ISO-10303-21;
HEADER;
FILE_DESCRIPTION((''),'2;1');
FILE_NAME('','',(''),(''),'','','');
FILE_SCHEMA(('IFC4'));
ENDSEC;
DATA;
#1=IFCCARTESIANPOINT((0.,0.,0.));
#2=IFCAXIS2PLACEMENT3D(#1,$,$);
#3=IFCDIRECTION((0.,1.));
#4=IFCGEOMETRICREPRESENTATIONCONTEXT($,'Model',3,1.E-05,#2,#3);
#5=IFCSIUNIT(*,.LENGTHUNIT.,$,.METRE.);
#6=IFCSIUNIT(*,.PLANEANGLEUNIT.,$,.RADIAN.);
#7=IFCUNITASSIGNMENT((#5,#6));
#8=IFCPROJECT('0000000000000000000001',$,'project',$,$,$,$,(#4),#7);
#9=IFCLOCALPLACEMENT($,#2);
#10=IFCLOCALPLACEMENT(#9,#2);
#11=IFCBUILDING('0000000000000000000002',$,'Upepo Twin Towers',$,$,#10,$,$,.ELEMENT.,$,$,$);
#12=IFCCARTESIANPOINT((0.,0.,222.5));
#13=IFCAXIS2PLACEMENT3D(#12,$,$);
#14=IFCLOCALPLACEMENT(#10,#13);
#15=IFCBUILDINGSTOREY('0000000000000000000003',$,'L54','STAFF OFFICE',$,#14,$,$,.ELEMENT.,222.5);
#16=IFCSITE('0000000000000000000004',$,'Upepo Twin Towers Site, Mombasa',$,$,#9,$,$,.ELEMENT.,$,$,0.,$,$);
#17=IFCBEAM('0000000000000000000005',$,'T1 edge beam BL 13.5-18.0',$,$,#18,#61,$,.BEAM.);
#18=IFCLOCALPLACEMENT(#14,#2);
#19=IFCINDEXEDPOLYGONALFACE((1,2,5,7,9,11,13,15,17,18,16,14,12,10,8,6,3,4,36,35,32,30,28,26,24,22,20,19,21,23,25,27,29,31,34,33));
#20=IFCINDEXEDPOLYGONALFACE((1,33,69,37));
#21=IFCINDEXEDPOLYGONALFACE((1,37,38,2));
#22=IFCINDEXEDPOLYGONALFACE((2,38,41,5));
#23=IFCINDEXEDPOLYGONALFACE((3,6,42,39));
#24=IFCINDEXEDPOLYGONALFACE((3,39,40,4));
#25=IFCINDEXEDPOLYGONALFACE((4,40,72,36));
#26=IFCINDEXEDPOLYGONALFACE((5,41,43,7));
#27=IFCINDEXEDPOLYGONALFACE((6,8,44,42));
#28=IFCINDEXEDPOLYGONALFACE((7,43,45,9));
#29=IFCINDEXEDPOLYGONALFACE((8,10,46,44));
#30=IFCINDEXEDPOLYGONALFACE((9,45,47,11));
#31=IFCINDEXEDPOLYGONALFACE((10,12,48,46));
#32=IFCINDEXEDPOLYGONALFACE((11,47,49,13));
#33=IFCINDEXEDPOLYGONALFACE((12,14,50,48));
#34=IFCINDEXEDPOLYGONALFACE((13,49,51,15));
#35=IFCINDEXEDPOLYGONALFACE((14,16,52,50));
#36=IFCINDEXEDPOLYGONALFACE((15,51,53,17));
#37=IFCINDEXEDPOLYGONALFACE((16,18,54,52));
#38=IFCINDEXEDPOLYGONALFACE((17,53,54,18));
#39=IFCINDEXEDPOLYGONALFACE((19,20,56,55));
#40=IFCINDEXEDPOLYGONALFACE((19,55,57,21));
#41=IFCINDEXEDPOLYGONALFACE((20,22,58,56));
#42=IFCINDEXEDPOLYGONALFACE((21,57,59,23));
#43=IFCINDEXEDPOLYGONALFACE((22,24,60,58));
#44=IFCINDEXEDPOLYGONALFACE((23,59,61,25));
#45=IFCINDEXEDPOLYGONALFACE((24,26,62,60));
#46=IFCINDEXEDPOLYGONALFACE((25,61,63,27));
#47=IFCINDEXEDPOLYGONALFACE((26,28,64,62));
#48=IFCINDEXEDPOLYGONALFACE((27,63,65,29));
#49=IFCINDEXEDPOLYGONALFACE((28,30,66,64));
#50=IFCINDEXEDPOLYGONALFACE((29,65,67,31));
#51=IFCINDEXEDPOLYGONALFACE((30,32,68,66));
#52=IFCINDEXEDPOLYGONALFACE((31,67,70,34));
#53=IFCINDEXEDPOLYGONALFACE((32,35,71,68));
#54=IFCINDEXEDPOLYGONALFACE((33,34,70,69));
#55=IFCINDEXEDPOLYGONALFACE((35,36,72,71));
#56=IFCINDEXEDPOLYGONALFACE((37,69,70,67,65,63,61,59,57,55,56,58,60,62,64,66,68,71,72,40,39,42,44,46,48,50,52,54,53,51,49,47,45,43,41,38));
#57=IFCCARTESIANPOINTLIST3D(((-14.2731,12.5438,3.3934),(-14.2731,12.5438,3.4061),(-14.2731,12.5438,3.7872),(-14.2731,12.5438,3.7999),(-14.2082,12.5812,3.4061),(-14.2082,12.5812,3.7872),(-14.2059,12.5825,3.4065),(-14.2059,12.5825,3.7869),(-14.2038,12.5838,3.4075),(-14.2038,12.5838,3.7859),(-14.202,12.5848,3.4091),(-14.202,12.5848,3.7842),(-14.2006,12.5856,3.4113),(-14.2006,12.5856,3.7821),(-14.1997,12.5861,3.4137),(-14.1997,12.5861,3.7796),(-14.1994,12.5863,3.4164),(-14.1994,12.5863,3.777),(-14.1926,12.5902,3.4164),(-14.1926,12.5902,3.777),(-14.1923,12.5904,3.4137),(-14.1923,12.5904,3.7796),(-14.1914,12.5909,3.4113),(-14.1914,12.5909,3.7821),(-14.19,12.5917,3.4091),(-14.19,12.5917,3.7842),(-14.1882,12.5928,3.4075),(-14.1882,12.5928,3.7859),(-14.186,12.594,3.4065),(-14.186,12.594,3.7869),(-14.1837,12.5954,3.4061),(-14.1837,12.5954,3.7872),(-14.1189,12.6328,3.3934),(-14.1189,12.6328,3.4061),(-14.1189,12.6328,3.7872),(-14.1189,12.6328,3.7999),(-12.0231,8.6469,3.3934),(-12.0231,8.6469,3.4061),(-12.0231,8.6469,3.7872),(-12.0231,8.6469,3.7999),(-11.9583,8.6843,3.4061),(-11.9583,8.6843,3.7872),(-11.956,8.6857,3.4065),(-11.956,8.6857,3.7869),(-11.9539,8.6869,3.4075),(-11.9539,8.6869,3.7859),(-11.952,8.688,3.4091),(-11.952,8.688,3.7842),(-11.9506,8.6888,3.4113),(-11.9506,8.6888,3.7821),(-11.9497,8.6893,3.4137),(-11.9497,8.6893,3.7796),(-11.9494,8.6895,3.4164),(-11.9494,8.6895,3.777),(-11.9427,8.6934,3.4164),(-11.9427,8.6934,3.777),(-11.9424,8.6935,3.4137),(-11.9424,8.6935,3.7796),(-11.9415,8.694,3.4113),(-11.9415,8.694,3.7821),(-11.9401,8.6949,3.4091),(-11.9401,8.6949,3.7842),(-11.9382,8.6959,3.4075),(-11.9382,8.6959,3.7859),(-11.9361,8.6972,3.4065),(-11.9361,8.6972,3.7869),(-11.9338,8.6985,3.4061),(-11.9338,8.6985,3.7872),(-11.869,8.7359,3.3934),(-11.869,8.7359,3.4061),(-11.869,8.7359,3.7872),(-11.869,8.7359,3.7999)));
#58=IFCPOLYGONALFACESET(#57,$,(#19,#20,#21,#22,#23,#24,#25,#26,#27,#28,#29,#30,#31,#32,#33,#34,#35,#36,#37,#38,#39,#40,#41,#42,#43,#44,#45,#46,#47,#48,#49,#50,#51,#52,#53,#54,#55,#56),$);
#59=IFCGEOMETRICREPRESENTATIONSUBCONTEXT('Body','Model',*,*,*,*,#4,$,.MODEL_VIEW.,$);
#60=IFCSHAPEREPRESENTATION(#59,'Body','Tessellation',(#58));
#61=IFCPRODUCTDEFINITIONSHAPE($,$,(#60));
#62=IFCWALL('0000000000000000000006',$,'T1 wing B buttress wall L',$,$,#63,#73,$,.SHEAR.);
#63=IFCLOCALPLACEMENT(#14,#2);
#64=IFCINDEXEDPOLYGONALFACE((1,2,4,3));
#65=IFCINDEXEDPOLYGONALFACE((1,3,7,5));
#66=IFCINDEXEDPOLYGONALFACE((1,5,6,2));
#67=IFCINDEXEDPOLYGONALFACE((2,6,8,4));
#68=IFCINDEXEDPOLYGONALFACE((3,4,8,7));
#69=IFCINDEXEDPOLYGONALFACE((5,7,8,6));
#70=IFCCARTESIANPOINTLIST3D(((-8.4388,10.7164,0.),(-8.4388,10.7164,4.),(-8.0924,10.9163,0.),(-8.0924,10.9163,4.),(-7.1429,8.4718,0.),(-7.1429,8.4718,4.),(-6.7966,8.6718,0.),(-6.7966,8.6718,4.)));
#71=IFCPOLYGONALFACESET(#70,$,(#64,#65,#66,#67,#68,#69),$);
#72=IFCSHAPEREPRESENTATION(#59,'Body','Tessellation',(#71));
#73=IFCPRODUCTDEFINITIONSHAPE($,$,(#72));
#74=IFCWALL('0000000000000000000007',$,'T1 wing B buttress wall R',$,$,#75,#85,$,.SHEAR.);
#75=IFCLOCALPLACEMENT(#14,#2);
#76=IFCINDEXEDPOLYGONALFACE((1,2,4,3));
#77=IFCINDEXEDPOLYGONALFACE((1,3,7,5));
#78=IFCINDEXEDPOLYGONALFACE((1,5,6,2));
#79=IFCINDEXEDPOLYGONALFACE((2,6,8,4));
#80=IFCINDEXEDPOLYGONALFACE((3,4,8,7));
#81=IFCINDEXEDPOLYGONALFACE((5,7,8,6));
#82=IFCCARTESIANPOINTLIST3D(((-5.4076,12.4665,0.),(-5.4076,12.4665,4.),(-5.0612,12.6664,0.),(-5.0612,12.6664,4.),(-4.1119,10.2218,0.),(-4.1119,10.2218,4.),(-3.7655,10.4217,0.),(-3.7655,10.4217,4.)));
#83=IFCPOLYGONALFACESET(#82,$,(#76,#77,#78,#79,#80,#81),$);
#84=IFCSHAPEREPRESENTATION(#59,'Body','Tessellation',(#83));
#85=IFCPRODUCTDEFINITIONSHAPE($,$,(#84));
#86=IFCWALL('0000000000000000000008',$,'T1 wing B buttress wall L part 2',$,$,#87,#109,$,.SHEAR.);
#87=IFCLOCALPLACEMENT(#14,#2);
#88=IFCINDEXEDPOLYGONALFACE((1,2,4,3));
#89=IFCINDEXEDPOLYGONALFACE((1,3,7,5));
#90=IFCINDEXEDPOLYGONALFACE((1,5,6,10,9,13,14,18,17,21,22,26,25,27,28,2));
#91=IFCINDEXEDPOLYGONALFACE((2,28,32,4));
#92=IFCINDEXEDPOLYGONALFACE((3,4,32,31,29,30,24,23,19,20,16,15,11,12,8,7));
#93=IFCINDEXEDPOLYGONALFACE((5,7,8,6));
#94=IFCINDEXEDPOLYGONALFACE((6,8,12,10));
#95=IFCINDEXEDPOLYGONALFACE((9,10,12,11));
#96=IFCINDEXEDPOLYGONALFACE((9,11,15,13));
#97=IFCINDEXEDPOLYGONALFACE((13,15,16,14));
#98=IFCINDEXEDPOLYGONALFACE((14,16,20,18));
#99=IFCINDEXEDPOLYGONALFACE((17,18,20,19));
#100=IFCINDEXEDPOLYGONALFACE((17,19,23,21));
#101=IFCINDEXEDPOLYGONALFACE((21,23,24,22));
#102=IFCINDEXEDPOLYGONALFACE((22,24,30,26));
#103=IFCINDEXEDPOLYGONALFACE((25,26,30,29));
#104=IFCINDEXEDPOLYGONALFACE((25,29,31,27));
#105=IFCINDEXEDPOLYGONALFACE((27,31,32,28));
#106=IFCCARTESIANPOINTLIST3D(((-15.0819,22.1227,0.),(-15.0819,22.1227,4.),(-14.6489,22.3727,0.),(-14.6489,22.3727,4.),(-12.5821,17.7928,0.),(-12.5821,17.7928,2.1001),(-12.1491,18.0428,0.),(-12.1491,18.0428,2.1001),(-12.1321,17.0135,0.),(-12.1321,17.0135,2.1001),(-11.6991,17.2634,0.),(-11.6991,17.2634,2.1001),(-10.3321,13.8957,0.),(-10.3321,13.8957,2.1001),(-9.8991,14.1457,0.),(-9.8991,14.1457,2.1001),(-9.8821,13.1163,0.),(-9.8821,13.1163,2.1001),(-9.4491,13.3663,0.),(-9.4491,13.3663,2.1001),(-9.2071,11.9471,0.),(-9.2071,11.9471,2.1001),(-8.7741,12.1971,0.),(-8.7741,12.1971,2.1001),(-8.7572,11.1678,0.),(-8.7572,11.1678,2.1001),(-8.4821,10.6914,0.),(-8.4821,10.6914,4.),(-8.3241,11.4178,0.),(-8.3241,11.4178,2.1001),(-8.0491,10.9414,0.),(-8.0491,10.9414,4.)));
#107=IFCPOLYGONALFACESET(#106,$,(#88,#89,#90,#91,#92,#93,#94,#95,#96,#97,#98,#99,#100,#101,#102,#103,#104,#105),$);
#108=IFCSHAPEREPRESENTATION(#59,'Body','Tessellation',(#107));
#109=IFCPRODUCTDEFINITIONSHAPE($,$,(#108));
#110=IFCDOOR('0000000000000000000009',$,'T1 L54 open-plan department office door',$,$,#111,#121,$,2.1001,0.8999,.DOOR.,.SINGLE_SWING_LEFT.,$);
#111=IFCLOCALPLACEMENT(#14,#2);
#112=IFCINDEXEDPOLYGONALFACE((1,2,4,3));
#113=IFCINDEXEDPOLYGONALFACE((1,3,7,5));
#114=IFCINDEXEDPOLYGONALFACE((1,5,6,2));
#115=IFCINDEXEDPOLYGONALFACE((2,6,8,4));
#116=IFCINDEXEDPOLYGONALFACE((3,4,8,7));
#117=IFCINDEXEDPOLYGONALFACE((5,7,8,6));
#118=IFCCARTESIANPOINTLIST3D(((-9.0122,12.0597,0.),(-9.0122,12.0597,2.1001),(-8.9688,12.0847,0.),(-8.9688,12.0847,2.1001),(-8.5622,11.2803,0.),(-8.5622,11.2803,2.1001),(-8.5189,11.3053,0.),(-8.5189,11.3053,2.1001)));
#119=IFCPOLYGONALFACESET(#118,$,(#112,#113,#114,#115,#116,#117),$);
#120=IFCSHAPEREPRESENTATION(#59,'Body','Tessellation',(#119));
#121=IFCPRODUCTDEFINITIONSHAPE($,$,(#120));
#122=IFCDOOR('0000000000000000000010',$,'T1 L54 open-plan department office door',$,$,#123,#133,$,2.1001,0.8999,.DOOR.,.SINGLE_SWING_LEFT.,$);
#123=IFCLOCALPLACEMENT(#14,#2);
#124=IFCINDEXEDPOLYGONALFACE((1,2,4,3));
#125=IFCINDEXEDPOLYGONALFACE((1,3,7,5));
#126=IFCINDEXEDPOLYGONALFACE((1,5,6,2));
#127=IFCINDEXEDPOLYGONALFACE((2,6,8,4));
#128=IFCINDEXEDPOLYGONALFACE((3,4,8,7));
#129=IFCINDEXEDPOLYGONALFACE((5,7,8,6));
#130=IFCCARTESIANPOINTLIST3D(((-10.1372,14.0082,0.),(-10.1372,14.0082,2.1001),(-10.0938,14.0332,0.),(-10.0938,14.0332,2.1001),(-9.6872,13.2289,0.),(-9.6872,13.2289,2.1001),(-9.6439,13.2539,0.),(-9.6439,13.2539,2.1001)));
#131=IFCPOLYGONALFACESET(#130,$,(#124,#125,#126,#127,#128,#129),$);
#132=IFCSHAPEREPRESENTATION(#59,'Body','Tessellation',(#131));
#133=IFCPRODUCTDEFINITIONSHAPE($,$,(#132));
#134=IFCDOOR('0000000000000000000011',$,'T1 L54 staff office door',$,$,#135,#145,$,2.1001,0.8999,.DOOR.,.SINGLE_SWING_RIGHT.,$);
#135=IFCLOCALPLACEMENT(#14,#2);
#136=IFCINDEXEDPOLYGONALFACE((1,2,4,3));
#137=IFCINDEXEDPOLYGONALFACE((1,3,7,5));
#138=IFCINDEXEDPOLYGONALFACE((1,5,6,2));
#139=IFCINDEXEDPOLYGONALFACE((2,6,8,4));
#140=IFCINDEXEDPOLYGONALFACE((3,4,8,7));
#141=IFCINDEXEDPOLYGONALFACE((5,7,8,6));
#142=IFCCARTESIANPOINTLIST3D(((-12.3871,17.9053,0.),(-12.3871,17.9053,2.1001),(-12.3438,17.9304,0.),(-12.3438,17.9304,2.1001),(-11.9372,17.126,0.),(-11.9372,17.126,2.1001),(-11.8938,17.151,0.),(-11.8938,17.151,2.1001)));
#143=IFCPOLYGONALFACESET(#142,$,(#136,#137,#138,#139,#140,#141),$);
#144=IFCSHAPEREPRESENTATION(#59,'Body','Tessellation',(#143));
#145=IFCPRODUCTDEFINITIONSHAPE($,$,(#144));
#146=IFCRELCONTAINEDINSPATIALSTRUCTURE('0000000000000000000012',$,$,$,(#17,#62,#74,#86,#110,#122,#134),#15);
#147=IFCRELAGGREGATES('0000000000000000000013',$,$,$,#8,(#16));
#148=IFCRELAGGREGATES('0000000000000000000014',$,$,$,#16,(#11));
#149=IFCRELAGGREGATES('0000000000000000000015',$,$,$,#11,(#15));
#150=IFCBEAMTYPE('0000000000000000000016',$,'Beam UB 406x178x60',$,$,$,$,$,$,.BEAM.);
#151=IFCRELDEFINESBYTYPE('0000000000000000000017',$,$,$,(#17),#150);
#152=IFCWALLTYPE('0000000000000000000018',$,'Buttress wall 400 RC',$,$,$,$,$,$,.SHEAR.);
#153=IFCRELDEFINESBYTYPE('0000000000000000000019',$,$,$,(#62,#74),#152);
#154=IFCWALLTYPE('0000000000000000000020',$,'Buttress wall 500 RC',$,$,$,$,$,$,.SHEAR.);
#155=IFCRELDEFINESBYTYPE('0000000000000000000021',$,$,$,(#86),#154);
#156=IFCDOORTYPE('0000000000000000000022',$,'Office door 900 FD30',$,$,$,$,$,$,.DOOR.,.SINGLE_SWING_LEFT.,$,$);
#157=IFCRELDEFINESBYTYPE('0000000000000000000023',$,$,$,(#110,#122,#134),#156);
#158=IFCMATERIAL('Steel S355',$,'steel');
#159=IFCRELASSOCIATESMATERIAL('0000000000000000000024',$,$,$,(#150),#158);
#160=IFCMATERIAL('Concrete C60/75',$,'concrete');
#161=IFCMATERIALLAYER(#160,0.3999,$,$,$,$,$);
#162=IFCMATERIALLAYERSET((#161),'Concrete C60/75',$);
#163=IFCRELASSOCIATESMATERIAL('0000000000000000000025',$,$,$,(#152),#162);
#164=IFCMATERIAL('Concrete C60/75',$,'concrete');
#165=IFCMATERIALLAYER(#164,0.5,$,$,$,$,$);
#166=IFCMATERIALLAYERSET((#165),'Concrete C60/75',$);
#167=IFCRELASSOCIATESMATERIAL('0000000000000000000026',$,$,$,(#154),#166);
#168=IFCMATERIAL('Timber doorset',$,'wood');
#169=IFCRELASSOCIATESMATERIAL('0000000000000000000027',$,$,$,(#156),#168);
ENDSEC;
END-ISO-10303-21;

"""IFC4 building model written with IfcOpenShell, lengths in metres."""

from ifc_helpers import new_model, si_unit, direction, frame, frame_2d, origin, origin_2d, place, context, subcontext, project, spatial, rectangle, i_section, extrude, material, layer, layer_set, material_profile, profile_set, type_object, element, fill, save


model = new_model("IFC4")

# Units and contexts
model_context = context("Model", 3, precision=1e-05, world=origin(), true_north=direction((0.0, 1.0)))
body_context = subcontext(model_context, "Body", "Model", "MODEL_VIEW")
ifc_project = project(units=[si_unit("LENGTHUNIT", "METRE"), si_unit("PLANEANGLEUNIT", "RADIAN")], contexts=[model_context])

# Site, building, storey
site_placement = place(None, origin())
site = spatial("IfcSite", under=ifc_project, at=site_placement, Name="Upepo Twin Towers Site, Mombasa", CompositionType="ELEMENT", RefElevation=0.0)
building_placement = place(site_placement, origin())
building = spatial("IfcBuilding", under=site, at=building_placement, Name="Upepo Twin Towers", CompositionType="ELEMENT")
storey_placement = place(building_placement, frame((0.0, 0.0, 222.5)))
storey = spatial("IfcBuildingStorey", under=building, at=storey_placement, Name="L54", Description="STAFF OFFICE", CompositionType="ELEMENT", Elevation=222.5)

# Beam
ifc_material_1 = material(Name="Steel S355", Category="steel")
ifc_material_profile = material_profile(ifc_material_1, i_section(OverallWidth=0.178, OverallDepth=0.4065, WebThickness=0.0078, FlangeThickness=0.0127, FilletRadius=0.0103, at=origin_2d()), Name="UB 406x178x60")
ifc_profile_set = profile_set([ifc_material_profile], Name="Steel S355")
beam_type = type_object("IfcBeamType", Name="Beam UB 406x178x60", PredefinedType="BEAM", material=ifc_profile_set)
beam_placement = place(storey_placement, frame((-11.946, 8.6914, 3.5967), z_axis=(-0.500014, 0.866018, 0.0), x_axis=(-0.866018, -0.500014, 0.0)))
element("IfcBeam", 1, at=beam_placement, inside=storey, type_object=beam_type, Name="T1 edge beam BL 13.5-18.0", PredefinedType="BEAM", context=body_context, shape_type="SweptSolid", body=[
    extrude(i_section(OverallWidth=0.178, OverallDepth=0.4065, WebThickness=0.0078, FlangeThickness=0.0127, FilletRadius=0.0103, at=origin_2d()), origin(), (0.0, 0.0, 1.0), 4.4998),
])

# Walls
ifc_material_2 = material(Name="Concrete C60/75", Category="concrete")
ifc_layer_1 = layer(ifc_material_2, 0.3999)
ifc_layer_set_1 = layer_set([ifc_layer_1], Name="Concrete C60/75")
wall_type_1 = type_object("IfcWallType", Name="Buttress wall 400 RC", PredefinedType="SHEAR", material=ifc_layer_set_1)
for number, where, z_axis, x_axis, name in (
    (2, (-6.9697, 8.5718, 0.0), (0.0, 0.0, 1.0), (-0.499989, 0.866032, 0.0), "T1 wing B buttress wall L"),
    (3, (-3.9387, 10.3218, 0.0), (0.0, 0.0, 1.0), (-0.499918, 0.866073, 0.0), "T1 wing B buttress wall R"),
):
    element("IfcWall", number, at=place(storey_placement, frame(where, z_axis=z_axis, x_axis=x_axis)), inside=storey, type_object=wall_type_1, Name=name, PredefinedType="SHEAR", context=body_context, shape_type="SweptSolid", body=[
        extrude(rectangle(XDim=2.5918, YDim=0.3999, at=frame_2d((1.2959, 0.0))), origin(), (0.0, 0.0, 1.0), 4.0),
    ])

# Wall, openings, doors
ifc_material_3 = material(Name="Concrete C60/75", Category="concrete")
ifc_layer_2 = layer(ifc_material_3, 0.5)
ifc_layer_set_2 = layer_set([ifc_layer_2], Name="Concrete C60/75")
wall_type_2 = type_object("IfcWallType", Name="Buttress wall 500 RC", PredefinedType="SHEAR", material=ifc_layer_set_2)
wall_1_placement = place(storey_placement, frame((-8.2656, 10.8164, 0.0), z_axis=(0.0, 0.0, 1.0), x_axis=(-0.499996, 0.866028, 0.0)))
wall_1 = element("IfcWall", 4, at=wall_1_placement, inside=storey, type_object=wall_type_2, Name="T1 wing B buttress wall L part 2", PredefinedType="SHEAR", context=body_context, shape_type="SweptSolid", body=[
    extrude(rectangle(XDim=13.1997, YDim=0.5, at=frame_2d((6.5999, 0.0))), origin(), (0.0, 0.0, 1.0), 4.0),
])
opening_1_placement = place(wall_1_placement, frame((0.55, 0.0, 0.0)))
opening_1 = element("IfcOpeningElement", 5, at=opening_1_placement, cuts=wall_1, PredefinedType="OPENING", context=body_context, shape_type="SweptSolid", body=[
    extrude(rectangle(XDim=0.8999, YDim=2.1001, at=frame_2d((0.45, 1.05))), frame((0.0, 0.26, 0.0), z_axis=(0.0, -1.0, 0.0), x_axis=(1.0, 0.0, 0.0)), (0.0, 0.0, 1.0), 0.52),
])
opening_2_placement = place(wall_1_placement, frame((2.8, 0.0, 0.0)))
opening_2 = element("IfcOpeningElement", 6, at=opening_2_placement, cuts=wall_1, PredefinedType="OPENING", context=body_context, shape_type="SweptSolid", body=[
    extrude(rectangle(XDim=0.8999, YDim=2.1001, at=frame_2d((0.45, 1.05))), frame((0.0, 0.26, 0.0), z_axis=(0.0, -1.0, 0.0), x_axis=(1.0, 0.0, 0.0)), (0.0, 0.0, 1.0), 0.52),
])
opening_3_placement = place(wall_1_placement, frame((7.3, 0.0, 0.0)))
opening_3 = element("IfcOpeningElement", 7, at=opening_3_placement, cuts=wall_1, PredefinedType="OPENING", context=body_context, shape_type="SweptSolid", body=[
    extrude(rectangle(XDim=0.8999, YDim=2.1001, at=frame_2d((0.45, 1.05))), frame((0.0, 0.26, 0.0), z_axis=(0.0, -1.0, 0.0), x_axis=(1.0, 0.0, 0.0)), (0.0, 0.0, 1.0), 0.52),
])
ifc_material_4 = material(Name="Timber doorset", Category="wood")
door_type_1 = type_object("IfcDoorType", Name="Office door 900 FD30", OperationType="SINGLE_SWING_LEFT", PredefinedType="DOOR", material=ifc_material_4)
door_1_placement = place(opening_1_placement, origin())
door_1 = element("IfcDoor", 8, at=door_1_placement, inside=storey, type_object=door_type_1, Name="T1 L54 open-plan department office door", OperationType="SINGLE_SWING_LEFT", OverallHeight=2.1001, OverallWidth=0.8999, PredefinedType="DOOR", context=body_context, shape_type="SweptSolid", body=[
    extrude(rectangle(XDim=0.8999, YDim=2.1001, at=frame_2d((0.45, 1.05))), frame((0.0, 0.0249, 0.0), z_axis=(0.0, -1.0, 0.0), x_axis=(1.0, 0.0, 0.0)), (0.0, 0.0, 1.0), 0.05),
])
fill(opening_1, door_1)
door_2_placement = place(opening_2_placement, origin())
door_2 = element("IfcDoor", 9, at=door_2_placement, inside=storey, type_object=door_type_1, Name="T1 L54 open-plan department office door", OperationType="SINGLE_SWING_LEFT", OverallHeight=2.1001, OverallWidth=0.8999, PredefinedType="DOOR", context=body_context, shape_type="SweptSolid", body=[
    extrude(rectangle(XDim=0.8999, YDim=2.1001, at=frame_2d((0.45, 1.05))), frame((0.0, 0.0249, 0.0), z_axis=(0.0, -1.0, 0.0), x_axis=(1.0, 0.0, 0.0)), (0.0, 0.0, 1.0), 0.05),
])
fill(opening_2, door_2)
door_3_placement = place(opening_3_placement, origin())
door_3 = element("IfcDoor", 10, at=door_3_placement, inside=storey, type_object=door_type_1, Name="T1 L54 staff office door", OperationType="SINGLE_SWING_RIGHT", OverallHeight=2.1001, OverallWidth=0.8999, PredefinedType="DOOR", context=body_context, shape_type="SweptSolid", body=[
    extrude(rectangle(XDim=0.8999, YDim=2.1001, at=frame_2d((0.45, 1.05))), frame((0.0, 0.0249, 0.0), z_axis=(0.0, -1.0, 0.0), x_axis=(1.0, 0.0, 0.0)), (0.0, 0.0, 1.0), 0.05),
])
fill(opening_3, door_3)

save(model, "model.ifc")
